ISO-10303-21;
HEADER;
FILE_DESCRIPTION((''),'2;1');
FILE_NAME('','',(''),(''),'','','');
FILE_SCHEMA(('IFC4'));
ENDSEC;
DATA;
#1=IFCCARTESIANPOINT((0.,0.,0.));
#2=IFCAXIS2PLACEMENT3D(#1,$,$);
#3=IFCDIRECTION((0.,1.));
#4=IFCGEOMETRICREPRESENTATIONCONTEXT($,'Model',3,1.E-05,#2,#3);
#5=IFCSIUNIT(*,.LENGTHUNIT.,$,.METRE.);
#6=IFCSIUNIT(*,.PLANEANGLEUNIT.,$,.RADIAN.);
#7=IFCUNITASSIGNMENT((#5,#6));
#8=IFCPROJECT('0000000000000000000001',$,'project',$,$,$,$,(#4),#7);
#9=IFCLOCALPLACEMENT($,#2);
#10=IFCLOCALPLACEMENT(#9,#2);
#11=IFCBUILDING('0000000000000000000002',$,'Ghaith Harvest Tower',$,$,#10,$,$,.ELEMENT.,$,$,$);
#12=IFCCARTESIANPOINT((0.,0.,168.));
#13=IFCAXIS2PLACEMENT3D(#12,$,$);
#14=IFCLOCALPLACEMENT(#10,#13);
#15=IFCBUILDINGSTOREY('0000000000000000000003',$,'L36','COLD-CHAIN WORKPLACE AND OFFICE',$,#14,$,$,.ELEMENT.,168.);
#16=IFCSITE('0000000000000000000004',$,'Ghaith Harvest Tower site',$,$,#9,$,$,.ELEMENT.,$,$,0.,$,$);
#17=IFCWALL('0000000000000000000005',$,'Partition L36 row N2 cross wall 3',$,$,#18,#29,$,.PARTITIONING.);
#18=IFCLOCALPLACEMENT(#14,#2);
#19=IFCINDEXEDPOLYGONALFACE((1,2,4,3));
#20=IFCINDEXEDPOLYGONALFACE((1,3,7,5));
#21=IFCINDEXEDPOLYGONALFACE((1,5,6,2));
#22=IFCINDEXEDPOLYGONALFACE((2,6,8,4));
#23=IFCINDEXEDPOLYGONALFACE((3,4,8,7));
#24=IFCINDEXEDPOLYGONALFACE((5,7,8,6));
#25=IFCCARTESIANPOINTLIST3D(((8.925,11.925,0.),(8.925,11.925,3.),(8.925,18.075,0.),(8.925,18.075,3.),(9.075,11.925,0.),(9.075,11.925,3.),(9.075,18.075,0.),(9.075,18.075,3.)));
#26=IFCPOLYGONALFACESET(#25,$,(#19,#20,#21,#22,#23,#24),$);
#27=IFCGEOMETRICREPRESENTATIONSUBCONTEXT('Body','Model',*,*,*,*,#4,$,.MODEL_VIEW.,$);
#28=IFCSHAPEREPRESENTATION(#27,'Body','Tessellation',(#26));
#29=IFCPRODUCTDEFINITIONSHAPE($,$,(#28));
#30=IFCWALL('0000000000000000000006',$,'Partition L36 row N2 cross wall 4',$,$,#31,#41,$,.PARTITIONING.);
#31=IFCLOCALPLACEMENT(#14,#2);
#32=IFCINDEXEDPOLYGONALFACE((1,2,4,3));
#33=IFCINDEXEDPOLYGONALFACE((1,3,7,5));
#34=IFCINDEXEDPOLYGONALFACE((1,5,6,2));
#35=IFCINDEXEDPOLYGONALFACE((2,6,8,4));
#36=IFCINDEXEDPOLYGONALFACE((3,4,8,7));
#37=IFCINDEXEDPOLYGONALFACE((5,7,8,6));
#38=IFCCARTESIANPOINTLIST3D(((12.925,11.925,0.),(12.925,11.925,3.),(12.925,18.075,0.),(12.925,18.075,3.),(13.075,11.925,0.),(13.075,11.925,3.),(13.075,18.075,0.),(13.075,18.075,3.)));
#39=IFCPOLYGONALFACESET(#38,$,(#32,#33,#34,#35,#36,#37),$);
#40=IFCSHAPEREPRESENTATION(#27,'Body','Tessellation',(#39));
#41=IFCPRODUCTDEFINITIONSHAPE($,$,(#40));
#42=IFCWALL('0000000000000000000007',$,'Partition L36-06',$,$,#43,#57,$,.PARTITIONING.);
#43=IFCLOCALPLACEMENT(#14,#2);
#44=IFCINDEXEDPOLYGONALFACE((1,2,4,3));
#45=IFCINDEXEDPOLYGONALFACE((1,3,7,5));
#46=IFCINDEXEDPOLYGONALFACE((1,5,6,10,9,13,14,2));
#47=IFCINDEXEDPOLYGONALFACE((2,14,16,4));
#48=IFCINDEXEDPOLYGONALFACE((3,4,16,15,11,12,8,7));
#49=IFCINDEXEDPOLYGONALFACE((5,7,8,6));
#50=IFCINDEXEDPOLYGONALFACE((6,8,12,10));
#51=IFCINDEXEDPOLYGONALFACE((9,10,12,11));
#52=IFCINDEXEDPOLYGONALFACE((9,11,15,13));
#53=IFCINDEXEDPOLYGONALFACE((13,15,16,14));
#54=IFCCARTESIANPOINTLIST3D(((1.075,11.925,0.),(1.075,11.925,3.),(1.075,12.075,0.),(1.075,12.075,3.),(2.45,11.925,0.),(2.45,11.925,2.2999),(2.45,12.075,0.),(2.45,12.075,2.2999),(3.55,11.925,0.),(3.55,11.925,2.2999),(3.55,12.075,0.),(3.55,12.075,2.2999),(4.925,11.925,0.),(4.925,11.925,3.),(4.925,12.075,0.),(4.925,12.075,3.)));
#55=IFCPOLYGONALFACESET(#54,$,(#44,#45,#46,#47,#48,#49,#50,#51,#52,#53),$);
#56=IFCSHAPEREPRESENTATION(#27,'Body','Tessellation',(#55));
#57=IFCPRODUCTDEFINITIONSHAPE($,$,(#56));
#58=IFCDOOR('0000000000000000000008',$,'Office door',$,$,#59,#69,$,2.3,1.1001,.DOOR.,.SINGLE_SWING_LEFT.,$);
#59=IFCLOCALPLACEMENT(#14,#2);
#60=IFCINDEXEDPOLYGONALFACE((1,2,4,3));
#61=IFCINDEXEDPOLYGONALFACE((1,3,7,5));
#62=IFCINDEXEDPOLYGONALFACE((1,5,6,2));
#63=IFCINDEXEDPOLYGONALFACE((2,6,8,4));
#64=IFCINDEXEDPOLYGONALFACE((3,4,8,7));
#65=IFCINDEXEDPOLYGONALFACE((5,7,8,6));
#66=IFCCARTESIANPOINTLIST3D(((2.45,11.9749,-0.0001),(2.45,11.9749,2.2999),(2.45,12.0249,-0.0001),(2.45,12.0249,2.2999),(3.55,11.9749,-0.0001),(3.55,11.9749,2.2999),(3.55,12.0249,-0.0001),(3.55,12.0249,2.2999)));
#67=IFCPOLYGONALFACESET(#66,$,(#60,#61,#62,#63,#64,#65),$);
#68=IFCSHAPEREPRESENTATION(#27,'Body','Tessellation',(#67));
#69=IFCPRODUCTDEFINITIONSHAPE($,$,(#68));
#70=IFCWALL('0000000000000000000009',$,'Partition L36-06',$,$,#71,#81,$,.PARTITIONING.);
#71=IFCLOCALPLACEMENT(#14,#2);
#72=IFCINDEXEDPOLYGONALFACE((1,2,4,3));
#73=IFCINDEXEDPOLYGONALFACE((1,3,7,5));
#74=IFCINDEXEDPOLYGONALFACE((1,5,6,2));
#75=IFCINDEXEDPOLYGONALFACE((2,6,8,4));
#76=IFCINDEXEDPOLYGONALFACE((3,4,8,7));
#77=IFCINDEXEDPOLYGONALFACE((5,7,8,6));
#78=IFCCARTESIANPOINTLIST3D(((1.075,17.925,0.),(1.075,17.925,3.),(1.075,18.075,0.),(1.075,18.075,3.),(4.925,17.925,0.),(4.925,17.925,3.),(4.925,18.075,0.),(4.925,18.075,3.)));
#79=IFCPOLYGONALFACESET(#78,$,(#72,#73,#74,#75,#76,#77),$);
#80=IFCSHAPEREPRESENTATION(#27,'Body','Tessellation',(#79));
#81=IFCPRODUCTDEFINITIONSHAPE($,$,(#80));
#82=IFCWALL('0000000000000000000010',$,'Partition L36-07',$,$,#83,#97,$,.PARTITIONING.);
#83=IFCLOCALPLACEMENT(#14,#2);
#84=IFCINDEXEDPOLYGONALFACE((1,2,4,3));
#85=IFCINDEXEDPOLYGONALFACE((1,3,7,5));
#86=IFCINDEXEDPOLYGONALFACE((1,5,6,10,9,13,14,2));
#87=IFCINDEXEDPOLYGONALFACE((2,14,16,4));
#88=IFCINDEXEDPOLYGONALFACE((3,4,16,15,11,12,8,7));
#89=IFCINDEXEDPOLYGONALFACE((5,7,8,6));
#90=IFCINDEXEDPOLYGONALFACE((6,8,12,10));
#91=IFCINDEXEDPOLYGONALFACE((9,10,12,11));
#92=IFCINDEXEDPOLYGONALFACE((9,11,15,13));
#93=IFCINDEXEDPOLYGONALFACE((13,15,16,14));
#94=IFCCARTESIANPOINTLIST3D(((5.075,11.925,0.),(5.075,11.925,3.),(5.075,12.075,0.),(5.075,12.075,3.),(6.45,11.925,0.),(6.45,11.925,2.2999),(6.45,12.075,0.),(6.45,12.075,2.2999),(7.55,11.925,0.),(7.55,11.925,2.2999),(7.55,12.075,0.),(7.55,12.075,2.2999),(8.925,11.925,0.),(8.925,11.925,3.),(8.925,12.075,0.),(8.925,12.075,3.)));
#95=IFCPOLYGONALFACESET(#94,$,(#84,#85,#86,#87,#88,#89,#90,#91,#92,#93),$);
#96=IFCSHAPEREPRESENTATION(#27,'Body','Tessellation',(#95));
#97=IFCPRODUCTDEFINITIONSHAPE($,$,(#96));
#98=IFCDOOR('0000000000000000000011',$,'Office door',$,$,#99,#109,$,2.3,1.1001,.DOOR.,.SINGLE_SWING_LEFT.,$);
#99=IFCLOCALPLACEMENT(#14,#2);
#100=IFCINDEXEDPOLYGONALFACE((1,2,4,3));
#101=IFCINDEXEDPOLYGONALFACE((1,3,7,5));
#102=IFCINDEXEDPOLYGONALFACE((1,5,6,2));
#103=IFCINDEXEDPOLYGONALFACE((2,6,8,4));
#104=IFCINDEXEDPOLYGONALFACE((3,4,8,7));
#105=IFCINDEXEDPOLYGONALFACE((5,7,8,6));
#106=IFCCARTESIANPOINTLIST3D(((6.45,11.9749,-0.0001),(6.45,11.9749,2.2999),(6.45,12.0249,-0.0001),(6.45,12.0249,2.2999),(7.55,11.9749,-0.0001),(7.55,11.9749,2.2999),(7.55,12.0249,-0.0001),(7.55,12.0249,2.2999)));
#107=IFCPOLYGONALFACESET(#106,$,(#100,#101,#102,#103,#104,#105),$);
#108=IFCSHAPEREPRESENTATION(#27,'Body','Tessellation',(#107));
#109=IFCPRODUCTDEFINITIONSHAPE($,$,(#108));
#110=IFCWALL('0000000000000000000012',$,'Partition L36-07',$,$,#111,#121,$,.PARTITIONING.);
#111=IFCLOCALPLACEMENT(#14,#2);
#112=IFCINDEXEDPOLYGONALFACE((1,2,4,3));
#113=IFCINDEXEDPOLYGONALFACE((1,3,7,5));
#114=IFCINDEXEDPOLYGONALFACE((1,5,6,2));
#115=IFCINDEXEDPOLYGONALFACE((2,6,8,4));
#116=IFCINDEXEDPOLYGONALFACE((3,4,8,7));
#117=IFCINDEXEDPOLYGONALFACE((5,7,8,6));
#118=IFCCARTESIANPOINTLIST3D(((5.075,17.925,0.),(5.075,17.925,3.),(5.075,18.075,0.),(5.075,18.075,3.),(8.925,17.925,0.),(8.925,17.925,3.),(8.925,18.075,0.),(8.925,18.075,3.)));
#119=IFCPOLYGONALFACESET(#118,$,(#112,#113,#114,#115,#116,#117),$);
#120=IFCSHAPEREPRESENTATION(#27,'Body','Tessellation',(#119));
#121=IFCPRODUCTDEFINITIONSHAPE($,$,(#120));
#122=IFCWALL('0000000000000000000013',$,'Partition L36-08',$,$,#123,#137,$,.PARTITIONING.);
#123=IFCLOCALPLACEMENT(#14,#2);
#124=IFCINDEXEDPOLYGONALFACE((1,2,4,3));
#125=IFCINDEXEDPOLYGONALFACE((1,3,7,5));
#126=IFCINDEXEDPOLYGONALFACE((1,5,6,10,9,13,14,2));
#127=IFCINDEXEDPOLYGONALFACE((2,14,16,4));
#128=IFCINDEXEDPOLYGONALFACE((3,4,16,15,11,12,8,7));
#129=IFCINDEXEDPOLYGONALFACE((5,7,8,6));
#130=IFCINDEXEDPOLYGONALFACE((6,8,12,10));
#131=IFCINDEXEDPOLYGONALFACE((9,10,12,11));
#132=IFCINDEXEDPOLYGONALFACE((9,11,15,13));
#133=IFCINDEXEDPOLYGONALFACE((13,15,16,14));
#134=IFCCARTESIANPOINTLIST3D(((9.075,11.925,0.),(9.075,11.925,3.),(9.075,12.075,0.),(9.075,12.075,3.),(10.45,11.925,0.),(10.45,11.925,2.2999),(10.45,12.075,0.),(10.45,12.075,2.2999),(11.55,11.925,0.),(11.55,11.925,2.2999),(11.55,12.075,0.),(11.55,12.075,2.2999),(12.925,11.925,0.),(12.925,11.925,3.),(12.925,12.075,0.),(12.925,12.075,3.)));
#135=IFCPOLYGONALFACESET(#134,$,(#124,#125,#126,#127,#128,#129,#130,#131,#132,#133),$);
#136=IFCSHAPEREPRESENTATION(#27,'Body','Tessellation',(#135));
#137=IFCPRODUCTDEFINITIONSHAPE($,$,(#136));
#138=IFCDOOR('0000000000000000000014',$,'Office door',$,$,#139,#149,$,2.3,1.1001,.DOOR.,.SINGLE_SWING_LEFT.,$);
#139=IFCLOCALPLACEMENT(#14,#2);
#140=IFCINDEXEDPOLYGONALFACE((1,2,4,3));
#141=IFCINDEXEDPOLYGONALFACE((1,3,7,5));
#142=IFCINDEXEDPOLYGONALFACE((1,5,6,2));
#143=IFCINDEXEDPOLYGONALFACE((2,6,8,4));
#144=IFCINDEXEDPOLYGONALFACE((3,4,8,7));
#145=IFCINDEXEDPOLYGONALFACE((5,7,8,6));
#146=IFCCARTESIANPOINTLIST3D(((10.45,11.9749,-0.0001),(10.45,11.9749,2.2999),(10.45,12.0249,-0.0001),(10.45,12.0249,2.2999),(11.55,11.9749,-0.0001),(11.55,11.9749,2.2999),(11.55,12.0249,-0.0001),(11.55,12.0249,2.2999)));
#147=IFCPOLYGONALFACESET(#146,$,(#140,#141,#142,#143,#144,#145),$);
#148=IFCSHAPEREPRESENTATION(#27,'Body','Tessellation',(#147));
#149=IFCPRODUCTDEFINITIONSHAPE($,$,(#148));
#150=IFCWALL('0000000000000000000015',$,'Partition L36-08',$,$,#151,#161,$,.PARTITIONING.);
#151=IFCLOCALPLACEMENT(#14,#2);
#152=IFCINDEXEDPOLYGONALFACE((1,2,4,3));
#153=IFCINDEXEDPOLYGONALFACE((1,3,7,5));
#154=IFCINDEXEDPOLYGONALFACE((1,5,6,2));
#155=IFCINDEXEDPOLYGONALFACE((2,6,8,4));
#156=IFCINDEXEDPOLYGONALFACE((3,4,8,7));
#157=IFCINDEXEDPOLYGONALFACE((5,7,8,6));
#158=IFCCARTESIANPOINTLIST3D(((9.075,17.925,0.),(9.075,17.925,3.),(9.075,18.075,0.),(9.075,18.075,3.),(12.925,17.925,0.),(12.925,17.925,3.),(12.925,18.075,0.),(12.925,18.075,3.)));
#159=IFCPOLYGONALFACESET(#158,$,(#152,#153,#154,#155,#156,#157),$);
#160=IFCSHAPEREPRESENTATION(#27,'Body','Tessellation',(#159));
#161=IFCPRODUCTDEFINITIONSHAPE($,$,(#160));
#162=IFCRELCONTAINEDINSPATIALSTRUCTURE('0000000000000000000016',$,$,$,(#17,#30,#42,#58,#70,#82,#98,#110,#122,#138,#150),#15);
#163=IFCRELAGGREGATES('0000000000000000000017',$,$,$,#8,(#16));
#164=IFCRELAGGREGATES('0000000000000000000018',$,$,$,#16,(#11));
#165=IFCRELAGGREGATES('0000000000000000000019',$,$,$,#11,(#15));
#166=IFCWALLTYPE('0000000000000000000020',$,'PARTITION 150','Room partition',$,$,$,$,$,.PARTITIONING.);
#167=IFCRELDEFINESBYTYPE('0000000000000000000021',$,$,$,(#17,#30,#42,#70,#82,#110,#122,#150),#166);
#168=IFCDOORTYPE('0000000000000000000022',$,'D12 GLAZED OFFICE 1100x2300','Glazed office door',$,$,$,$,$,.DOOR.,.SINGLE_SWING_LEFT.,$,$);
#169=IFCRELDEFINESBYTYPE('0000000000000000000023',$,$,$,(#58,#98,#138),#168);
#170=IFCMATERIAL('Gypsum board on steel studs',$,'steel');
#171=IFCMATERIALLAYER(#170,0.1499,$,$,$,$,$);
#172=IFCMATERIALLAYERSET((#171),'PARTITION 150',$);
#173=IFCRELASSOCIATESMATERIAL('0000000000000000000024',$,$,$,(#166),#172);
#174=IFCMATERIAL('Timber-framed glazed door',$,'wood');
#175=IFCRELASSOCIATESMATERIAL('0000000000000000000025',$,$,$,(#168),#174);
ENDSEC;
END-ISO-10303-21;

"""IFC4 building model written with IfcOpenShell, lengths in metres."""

from ifc_helpers import new_model, si_unit, direction, frame, frame_2d, origin, place, context, subcontext, project, spatial, rectangle, extrude, material, layer, layer_set, type_object, element, fill, save


model = new_model("IFC4")

# Units and contexts
model_context = context("Model", 3, precision=1e-05, world=origin(), true_north=direction((0.0, 1.0)))
body_context = subcontext(model_context, "Body", "Model", "MODEL_VIEW")
ifc_project = project(units=[si_unit("LENGTHUNIT", "METRE"), si_unit("PLANEANGLEUNIT", "RADIAN")], contexts=[model_context])

# Site, building, storey
site_placement = place(None, origin())
site = spatial("IfcSite", under=ifc_project, at=site_placement, Name="Ghaith Harvest Tower site", CompositionType="ELEMENT", RefElevation=0.0)
building_placement = place(site_placement, origin())
building = spatial("IfcBuilding", under=site, at=building_placement, Name="Ghaith Harvest Tower", CompositionType="ELEMENT")
storey_placement = place(building_placement, frame((0.0, 0.0, 168.0)))
storey = spatial("IfcBuildingStorey", under=building, at=storey_placement, Name="L36", Description="COLD-CHAIN WORKPLACE AND OFFICE", CompositionType="ELEMENT", Elevation=168.0)

# Walls
ifc_material_1 = material(Name="Gypsum board on steel studs", Category="steel")
ifc_layer_1 = layer(ifc_material_1, 0.1499)
ifc_layer_set_1 = layer_set([ifc_layer_1], Name="PARTITION 150")
wall_type = type_object("IfcWallType", Name="PARTITION 150", Description="Room partition", PredefinedType="PARTITIONING", material=ifc_layer_set_1)
for number, where, z_axis, x_axis, name in (
    (1, (9.0, 11.925, 0.0), (0.0, 0.0, 1.0), (0.0, 1.0, 0.0), "Partition L36 row N2 cross wall 3"),
    (2, (13.0, 11.925, 0.0), (0.0, 0.0, 1.0), (0.0, 1.0, 0.0), "Partition L36 row N2 cross wall 4"),
):
    element("IfcWall", number, at=place(storey_placement, frame(where, z_axis=z_axis, x_axis=x_axis)), inside=storey, type_object=wall_type, Name=name, PredefinedType="PARTITIONING", context=body_context, shape_type="SweptSolid", body=[
        extrude(rectangle(XDim=6.1499, YDim=0.1499, at=frame_2d((3.075, 0.0))), origin(), (0.0, 0.0, 1.0), 3.0),
    ])

# Wall, opening, door
wall_1_placement = place(storey_placement, frame((1.075, 12.0, 0.0), z_axis=(0.0, 0.0, 1.0), x_axis=(1.0, 0.0, 0.0)))
wall_1 = element("IfcWall", 3, at=wall_1_placement, inside=storey, type_object=wall_type, Name="Partition L36-06", PredefinedType="PARTITIONING", context=body_context, shape_type="SweptSolid", body=[
    extrude(rectangle(XDim=3.8501, YDim=0.1499, at=frame_2d((1.925, 0.0))), origin(), (0.0, 0.0, 1.0), 3.0),
])
opening_1_placement = place(wall_1_placement, frame((1.375, 0.0, 0.0)))
opening_1 = element("IfcOpeningElement", 4, at=opening_1_placement, cuts=wall_1, PredefinedType="OPENING", context=body_context, shape_type="SweptSolid", body=[
    extrude(rectangle(XDim=1.1001, YDim=2.3, at=frame_2d((0.55, 1.1499))), frame((0.0, 0.085, 0.0), z_axis=(0.0, -1.0, 0.0), x_axis=(1.0, 0.0, 0.0)), (0.0, 0.0, 1.0), 0.1699),
])
ifc_material_2 = material(Name="Timber-framed glazed door", Category="wood")
door_type = type_object("IfcDoorType", Name="D12 GLAZED OFFICE 1100x2300", Description="Glazed office door", OperationType="SINGLE_SWING_LEFT", PredefinedType="DOOR", material=ifc_material_2)
door_1_placement = place(opening_1_placement, origin())
door_1 = element("IfcDoor", 5, at=door_1_placement, inside=storey, type_object=door_type, Name="Office door", OperationType="SINGLE_SWING_LEFT", OverallHeight=2.3, OverallWidth=1.1001, PredefinedType="DOOR", context=body_context, shape_type="SweptSolid", body=[
    extrude(rectangle(XDim=1.1001, YDim=2.3, at=frame_2d((0.55, 1.1499))), frame((0.0, 0.0249, 0.0), z_axis=(0.0, -1.0, 0.0), x_axis=(1.0, 0.0, 0.0)), (0.0, 0.0, 1.0), 0.05),
])
fill(opening_1, door_1)

# Wall
wall_2_placement = place(storey_placement, frame((1.075, 18.0, 0.0), z_axis=(0.0, 0.0, 1.0), x_axis=(1.0, 0.0, 0.0)))
element("IfcWall", 6, at=wall_2_placement, inside=storey, type_object=wall_type, Name="Partition L36-06", PredefinedType="PARTITIONING", context=body_context, shape_type="SweptSolid", body=[
    extrude(rectangle(XDim=3.8501, YDim=0.1499, at=frame_2d((1.925, 0.0))), origin(), (0.0, 0.0, 1.0), 3.0),
])

# Wall, opening, door
wall_3_placement = place(storey_placement, frame((5.075, 12.0, 0.0), z_axis=(0.0, 0.0, 1.0), x_axis=(1.0, 0.0, 0.0)))
wall_3 = element("IfcWall", 7, at=wall_3_placement, inside=storey, type_object=wall_type, Name="Partition L36-07", PredefinedType="PARTITIONING", context=body_context, shape_type="SweptSolid", body=[
    extrude(rectangle(XDim=3.8501, YDim=0.1499, at=frame_2d((1.925, 0.0))), origin(), (0.0, 0.0, 1.0), 3.0),
])
opening_2_placement = place(wall_3_placement, frame((1.375, 0.0, 0.0)))
opening_2 = element("IfcOpeningElement", 8, at=opening_2_placement, cuts=wall_3, PredefinedType="OPENING", context=body_context, shape_type="SweptSolid", body=[
    extrude(rectangle(XDim=1.1001, YDim=2.3, at=frame_2d((0.55, 1.1499))), frame((0.0, 0.085, 0.0), z_axis=(0.0, -1.0, 0.0), x_axis=(1.0, 0.0, 0.0)), (0.0, 0.0, 1.0), 0.1699),
])
door_2_placement = place(opening_2_placement, origin())
door_2 = element("IfcDoor", 9, at=door_2_placement, inside=storey, type_object=door_type, Name="Office door", OperationType="SINGLE_SWING_LEFT", OverallHeight=2.3, OverallWidth=1.1001, PredefinedType="DOOR", context=body_context, shape_type="SweptSolid", body=[
    extrude(rectangle(XDim=1.1001, YDim=2.3, at=frame_2d((0.55, 1.1499))), frame((0.0, 0.0249, 0.0), z_axis=(0.0, -1.0, 0.0), x_axis=(1.0, 0.0, 0.0)), (0.0, 0.0, 1.0), 0.05),
])
fill(opening_2, door_2)

# Wall
wall_4_placement = place(storey_placement, frame((5.075, 18.0, 0.0), z_axis=(0.0, 0.0, 1.0), x_axis=(1.0, 0.0, 0.0)))
element("IfcWall", 10, at=wall_4_placement, inside=storey, type_object=wall_type, Name="Partition L36-07", PredefinedType="PARTITIONING", context=body_context, shape_type="SweptSolid", body=[
    extrude(rectangle(XDim=3.8501, YDim=0.1499, at=frame_2d((1.925, 0.0))), origin(), (0.0, 0.0, 1.0), 3.0),
])

# Wall, opening, door
wall_5_placement = place(storey_placement, frame((9.075, 12.0, 0.0), z_axis=(0.0, 0.0, 1.0), x_axis=(1.0, 0.0, 0.0)))
wall_5 = element("IfcWall", 11, at=wall_5_placement, inside=storey, type_object=wall_type, Name="Partition L36-08", PredefinedType="PARTITIONING", context=body_context, shape_type="SweptSolid", body=[
    extrude(rectangle(XDim=3.8501, YDim=0.1499, at=frame_2d((1.925, 0.0))), origin(), (0.0, 0.0, 1.0), 3.0),
])
opening_3_placement = place(wall_5_placement, frame((1.375, 0.0, 0.0)))
opening_3 = element("IfcOpeningElement", 12, at=opening_3_placement, cuts=wall_5, PredefinedType="OPENING", context=body_context, shape_type="SweptSolid", body=[
    extrude(rectangle(XDim=1.1001, YDim=2.3, at=frame_2d((0.55, 1.1499))), frame((0.0, 0.085, 0.0), z_axis=(0.0, -1.0, 0.0), x_axis=(1.0, 0.0, 0.0)), (0.0, 0.0, 1.0), 0.1699),
])
door_3_placement = place(opening_3_placement, origin())
door_3 = element("IfcDoor", 13, at=door_3_placement, inside=storey, type_object=door_type, Name="Office door", OperationType="SINGLE_SWING_LEFT", OverallHeight=2.3, OverallWidth=1.1001, PredefinedType="DOOR", context=body_context, shape_type="SweptSolid", body=[
    extrude(rectangle(XDim=1.1001, YDim=2.3, at=frame_2d((0.55, 1.1499))), frame((0.0, 0.0249, 0.0), z_axis=(0.0, -1.0, 0.0), x_axis=(1.0, 0.0, 0.0)), (0.0, 0.0, 1.0), 0.05),
])
fill(opening_3, door_3)

# Wall
wall_6_placement = place(storey_placement, frame((9.075, 18.0, 0.0), z_axis=(0.0, 0.0, 1.0), x_axis=(1.0, 0.0, 0.0)))
element("IfcWall", 14, at=wall_6_placement, inside=storey, type_object=wall_type, Name="Partition L36-08", PredefinedType="PARTITIONING", context=body_context, shape_type="SweptSolid", body=[
    extrude(rectangle(XDim=3.8501, YDim=0.1499, at=frame_2d((1.925, 0.0))), origin(), (0.0, 0.0, 1.0), 3.0),
])

save(model, "model.ifc")
